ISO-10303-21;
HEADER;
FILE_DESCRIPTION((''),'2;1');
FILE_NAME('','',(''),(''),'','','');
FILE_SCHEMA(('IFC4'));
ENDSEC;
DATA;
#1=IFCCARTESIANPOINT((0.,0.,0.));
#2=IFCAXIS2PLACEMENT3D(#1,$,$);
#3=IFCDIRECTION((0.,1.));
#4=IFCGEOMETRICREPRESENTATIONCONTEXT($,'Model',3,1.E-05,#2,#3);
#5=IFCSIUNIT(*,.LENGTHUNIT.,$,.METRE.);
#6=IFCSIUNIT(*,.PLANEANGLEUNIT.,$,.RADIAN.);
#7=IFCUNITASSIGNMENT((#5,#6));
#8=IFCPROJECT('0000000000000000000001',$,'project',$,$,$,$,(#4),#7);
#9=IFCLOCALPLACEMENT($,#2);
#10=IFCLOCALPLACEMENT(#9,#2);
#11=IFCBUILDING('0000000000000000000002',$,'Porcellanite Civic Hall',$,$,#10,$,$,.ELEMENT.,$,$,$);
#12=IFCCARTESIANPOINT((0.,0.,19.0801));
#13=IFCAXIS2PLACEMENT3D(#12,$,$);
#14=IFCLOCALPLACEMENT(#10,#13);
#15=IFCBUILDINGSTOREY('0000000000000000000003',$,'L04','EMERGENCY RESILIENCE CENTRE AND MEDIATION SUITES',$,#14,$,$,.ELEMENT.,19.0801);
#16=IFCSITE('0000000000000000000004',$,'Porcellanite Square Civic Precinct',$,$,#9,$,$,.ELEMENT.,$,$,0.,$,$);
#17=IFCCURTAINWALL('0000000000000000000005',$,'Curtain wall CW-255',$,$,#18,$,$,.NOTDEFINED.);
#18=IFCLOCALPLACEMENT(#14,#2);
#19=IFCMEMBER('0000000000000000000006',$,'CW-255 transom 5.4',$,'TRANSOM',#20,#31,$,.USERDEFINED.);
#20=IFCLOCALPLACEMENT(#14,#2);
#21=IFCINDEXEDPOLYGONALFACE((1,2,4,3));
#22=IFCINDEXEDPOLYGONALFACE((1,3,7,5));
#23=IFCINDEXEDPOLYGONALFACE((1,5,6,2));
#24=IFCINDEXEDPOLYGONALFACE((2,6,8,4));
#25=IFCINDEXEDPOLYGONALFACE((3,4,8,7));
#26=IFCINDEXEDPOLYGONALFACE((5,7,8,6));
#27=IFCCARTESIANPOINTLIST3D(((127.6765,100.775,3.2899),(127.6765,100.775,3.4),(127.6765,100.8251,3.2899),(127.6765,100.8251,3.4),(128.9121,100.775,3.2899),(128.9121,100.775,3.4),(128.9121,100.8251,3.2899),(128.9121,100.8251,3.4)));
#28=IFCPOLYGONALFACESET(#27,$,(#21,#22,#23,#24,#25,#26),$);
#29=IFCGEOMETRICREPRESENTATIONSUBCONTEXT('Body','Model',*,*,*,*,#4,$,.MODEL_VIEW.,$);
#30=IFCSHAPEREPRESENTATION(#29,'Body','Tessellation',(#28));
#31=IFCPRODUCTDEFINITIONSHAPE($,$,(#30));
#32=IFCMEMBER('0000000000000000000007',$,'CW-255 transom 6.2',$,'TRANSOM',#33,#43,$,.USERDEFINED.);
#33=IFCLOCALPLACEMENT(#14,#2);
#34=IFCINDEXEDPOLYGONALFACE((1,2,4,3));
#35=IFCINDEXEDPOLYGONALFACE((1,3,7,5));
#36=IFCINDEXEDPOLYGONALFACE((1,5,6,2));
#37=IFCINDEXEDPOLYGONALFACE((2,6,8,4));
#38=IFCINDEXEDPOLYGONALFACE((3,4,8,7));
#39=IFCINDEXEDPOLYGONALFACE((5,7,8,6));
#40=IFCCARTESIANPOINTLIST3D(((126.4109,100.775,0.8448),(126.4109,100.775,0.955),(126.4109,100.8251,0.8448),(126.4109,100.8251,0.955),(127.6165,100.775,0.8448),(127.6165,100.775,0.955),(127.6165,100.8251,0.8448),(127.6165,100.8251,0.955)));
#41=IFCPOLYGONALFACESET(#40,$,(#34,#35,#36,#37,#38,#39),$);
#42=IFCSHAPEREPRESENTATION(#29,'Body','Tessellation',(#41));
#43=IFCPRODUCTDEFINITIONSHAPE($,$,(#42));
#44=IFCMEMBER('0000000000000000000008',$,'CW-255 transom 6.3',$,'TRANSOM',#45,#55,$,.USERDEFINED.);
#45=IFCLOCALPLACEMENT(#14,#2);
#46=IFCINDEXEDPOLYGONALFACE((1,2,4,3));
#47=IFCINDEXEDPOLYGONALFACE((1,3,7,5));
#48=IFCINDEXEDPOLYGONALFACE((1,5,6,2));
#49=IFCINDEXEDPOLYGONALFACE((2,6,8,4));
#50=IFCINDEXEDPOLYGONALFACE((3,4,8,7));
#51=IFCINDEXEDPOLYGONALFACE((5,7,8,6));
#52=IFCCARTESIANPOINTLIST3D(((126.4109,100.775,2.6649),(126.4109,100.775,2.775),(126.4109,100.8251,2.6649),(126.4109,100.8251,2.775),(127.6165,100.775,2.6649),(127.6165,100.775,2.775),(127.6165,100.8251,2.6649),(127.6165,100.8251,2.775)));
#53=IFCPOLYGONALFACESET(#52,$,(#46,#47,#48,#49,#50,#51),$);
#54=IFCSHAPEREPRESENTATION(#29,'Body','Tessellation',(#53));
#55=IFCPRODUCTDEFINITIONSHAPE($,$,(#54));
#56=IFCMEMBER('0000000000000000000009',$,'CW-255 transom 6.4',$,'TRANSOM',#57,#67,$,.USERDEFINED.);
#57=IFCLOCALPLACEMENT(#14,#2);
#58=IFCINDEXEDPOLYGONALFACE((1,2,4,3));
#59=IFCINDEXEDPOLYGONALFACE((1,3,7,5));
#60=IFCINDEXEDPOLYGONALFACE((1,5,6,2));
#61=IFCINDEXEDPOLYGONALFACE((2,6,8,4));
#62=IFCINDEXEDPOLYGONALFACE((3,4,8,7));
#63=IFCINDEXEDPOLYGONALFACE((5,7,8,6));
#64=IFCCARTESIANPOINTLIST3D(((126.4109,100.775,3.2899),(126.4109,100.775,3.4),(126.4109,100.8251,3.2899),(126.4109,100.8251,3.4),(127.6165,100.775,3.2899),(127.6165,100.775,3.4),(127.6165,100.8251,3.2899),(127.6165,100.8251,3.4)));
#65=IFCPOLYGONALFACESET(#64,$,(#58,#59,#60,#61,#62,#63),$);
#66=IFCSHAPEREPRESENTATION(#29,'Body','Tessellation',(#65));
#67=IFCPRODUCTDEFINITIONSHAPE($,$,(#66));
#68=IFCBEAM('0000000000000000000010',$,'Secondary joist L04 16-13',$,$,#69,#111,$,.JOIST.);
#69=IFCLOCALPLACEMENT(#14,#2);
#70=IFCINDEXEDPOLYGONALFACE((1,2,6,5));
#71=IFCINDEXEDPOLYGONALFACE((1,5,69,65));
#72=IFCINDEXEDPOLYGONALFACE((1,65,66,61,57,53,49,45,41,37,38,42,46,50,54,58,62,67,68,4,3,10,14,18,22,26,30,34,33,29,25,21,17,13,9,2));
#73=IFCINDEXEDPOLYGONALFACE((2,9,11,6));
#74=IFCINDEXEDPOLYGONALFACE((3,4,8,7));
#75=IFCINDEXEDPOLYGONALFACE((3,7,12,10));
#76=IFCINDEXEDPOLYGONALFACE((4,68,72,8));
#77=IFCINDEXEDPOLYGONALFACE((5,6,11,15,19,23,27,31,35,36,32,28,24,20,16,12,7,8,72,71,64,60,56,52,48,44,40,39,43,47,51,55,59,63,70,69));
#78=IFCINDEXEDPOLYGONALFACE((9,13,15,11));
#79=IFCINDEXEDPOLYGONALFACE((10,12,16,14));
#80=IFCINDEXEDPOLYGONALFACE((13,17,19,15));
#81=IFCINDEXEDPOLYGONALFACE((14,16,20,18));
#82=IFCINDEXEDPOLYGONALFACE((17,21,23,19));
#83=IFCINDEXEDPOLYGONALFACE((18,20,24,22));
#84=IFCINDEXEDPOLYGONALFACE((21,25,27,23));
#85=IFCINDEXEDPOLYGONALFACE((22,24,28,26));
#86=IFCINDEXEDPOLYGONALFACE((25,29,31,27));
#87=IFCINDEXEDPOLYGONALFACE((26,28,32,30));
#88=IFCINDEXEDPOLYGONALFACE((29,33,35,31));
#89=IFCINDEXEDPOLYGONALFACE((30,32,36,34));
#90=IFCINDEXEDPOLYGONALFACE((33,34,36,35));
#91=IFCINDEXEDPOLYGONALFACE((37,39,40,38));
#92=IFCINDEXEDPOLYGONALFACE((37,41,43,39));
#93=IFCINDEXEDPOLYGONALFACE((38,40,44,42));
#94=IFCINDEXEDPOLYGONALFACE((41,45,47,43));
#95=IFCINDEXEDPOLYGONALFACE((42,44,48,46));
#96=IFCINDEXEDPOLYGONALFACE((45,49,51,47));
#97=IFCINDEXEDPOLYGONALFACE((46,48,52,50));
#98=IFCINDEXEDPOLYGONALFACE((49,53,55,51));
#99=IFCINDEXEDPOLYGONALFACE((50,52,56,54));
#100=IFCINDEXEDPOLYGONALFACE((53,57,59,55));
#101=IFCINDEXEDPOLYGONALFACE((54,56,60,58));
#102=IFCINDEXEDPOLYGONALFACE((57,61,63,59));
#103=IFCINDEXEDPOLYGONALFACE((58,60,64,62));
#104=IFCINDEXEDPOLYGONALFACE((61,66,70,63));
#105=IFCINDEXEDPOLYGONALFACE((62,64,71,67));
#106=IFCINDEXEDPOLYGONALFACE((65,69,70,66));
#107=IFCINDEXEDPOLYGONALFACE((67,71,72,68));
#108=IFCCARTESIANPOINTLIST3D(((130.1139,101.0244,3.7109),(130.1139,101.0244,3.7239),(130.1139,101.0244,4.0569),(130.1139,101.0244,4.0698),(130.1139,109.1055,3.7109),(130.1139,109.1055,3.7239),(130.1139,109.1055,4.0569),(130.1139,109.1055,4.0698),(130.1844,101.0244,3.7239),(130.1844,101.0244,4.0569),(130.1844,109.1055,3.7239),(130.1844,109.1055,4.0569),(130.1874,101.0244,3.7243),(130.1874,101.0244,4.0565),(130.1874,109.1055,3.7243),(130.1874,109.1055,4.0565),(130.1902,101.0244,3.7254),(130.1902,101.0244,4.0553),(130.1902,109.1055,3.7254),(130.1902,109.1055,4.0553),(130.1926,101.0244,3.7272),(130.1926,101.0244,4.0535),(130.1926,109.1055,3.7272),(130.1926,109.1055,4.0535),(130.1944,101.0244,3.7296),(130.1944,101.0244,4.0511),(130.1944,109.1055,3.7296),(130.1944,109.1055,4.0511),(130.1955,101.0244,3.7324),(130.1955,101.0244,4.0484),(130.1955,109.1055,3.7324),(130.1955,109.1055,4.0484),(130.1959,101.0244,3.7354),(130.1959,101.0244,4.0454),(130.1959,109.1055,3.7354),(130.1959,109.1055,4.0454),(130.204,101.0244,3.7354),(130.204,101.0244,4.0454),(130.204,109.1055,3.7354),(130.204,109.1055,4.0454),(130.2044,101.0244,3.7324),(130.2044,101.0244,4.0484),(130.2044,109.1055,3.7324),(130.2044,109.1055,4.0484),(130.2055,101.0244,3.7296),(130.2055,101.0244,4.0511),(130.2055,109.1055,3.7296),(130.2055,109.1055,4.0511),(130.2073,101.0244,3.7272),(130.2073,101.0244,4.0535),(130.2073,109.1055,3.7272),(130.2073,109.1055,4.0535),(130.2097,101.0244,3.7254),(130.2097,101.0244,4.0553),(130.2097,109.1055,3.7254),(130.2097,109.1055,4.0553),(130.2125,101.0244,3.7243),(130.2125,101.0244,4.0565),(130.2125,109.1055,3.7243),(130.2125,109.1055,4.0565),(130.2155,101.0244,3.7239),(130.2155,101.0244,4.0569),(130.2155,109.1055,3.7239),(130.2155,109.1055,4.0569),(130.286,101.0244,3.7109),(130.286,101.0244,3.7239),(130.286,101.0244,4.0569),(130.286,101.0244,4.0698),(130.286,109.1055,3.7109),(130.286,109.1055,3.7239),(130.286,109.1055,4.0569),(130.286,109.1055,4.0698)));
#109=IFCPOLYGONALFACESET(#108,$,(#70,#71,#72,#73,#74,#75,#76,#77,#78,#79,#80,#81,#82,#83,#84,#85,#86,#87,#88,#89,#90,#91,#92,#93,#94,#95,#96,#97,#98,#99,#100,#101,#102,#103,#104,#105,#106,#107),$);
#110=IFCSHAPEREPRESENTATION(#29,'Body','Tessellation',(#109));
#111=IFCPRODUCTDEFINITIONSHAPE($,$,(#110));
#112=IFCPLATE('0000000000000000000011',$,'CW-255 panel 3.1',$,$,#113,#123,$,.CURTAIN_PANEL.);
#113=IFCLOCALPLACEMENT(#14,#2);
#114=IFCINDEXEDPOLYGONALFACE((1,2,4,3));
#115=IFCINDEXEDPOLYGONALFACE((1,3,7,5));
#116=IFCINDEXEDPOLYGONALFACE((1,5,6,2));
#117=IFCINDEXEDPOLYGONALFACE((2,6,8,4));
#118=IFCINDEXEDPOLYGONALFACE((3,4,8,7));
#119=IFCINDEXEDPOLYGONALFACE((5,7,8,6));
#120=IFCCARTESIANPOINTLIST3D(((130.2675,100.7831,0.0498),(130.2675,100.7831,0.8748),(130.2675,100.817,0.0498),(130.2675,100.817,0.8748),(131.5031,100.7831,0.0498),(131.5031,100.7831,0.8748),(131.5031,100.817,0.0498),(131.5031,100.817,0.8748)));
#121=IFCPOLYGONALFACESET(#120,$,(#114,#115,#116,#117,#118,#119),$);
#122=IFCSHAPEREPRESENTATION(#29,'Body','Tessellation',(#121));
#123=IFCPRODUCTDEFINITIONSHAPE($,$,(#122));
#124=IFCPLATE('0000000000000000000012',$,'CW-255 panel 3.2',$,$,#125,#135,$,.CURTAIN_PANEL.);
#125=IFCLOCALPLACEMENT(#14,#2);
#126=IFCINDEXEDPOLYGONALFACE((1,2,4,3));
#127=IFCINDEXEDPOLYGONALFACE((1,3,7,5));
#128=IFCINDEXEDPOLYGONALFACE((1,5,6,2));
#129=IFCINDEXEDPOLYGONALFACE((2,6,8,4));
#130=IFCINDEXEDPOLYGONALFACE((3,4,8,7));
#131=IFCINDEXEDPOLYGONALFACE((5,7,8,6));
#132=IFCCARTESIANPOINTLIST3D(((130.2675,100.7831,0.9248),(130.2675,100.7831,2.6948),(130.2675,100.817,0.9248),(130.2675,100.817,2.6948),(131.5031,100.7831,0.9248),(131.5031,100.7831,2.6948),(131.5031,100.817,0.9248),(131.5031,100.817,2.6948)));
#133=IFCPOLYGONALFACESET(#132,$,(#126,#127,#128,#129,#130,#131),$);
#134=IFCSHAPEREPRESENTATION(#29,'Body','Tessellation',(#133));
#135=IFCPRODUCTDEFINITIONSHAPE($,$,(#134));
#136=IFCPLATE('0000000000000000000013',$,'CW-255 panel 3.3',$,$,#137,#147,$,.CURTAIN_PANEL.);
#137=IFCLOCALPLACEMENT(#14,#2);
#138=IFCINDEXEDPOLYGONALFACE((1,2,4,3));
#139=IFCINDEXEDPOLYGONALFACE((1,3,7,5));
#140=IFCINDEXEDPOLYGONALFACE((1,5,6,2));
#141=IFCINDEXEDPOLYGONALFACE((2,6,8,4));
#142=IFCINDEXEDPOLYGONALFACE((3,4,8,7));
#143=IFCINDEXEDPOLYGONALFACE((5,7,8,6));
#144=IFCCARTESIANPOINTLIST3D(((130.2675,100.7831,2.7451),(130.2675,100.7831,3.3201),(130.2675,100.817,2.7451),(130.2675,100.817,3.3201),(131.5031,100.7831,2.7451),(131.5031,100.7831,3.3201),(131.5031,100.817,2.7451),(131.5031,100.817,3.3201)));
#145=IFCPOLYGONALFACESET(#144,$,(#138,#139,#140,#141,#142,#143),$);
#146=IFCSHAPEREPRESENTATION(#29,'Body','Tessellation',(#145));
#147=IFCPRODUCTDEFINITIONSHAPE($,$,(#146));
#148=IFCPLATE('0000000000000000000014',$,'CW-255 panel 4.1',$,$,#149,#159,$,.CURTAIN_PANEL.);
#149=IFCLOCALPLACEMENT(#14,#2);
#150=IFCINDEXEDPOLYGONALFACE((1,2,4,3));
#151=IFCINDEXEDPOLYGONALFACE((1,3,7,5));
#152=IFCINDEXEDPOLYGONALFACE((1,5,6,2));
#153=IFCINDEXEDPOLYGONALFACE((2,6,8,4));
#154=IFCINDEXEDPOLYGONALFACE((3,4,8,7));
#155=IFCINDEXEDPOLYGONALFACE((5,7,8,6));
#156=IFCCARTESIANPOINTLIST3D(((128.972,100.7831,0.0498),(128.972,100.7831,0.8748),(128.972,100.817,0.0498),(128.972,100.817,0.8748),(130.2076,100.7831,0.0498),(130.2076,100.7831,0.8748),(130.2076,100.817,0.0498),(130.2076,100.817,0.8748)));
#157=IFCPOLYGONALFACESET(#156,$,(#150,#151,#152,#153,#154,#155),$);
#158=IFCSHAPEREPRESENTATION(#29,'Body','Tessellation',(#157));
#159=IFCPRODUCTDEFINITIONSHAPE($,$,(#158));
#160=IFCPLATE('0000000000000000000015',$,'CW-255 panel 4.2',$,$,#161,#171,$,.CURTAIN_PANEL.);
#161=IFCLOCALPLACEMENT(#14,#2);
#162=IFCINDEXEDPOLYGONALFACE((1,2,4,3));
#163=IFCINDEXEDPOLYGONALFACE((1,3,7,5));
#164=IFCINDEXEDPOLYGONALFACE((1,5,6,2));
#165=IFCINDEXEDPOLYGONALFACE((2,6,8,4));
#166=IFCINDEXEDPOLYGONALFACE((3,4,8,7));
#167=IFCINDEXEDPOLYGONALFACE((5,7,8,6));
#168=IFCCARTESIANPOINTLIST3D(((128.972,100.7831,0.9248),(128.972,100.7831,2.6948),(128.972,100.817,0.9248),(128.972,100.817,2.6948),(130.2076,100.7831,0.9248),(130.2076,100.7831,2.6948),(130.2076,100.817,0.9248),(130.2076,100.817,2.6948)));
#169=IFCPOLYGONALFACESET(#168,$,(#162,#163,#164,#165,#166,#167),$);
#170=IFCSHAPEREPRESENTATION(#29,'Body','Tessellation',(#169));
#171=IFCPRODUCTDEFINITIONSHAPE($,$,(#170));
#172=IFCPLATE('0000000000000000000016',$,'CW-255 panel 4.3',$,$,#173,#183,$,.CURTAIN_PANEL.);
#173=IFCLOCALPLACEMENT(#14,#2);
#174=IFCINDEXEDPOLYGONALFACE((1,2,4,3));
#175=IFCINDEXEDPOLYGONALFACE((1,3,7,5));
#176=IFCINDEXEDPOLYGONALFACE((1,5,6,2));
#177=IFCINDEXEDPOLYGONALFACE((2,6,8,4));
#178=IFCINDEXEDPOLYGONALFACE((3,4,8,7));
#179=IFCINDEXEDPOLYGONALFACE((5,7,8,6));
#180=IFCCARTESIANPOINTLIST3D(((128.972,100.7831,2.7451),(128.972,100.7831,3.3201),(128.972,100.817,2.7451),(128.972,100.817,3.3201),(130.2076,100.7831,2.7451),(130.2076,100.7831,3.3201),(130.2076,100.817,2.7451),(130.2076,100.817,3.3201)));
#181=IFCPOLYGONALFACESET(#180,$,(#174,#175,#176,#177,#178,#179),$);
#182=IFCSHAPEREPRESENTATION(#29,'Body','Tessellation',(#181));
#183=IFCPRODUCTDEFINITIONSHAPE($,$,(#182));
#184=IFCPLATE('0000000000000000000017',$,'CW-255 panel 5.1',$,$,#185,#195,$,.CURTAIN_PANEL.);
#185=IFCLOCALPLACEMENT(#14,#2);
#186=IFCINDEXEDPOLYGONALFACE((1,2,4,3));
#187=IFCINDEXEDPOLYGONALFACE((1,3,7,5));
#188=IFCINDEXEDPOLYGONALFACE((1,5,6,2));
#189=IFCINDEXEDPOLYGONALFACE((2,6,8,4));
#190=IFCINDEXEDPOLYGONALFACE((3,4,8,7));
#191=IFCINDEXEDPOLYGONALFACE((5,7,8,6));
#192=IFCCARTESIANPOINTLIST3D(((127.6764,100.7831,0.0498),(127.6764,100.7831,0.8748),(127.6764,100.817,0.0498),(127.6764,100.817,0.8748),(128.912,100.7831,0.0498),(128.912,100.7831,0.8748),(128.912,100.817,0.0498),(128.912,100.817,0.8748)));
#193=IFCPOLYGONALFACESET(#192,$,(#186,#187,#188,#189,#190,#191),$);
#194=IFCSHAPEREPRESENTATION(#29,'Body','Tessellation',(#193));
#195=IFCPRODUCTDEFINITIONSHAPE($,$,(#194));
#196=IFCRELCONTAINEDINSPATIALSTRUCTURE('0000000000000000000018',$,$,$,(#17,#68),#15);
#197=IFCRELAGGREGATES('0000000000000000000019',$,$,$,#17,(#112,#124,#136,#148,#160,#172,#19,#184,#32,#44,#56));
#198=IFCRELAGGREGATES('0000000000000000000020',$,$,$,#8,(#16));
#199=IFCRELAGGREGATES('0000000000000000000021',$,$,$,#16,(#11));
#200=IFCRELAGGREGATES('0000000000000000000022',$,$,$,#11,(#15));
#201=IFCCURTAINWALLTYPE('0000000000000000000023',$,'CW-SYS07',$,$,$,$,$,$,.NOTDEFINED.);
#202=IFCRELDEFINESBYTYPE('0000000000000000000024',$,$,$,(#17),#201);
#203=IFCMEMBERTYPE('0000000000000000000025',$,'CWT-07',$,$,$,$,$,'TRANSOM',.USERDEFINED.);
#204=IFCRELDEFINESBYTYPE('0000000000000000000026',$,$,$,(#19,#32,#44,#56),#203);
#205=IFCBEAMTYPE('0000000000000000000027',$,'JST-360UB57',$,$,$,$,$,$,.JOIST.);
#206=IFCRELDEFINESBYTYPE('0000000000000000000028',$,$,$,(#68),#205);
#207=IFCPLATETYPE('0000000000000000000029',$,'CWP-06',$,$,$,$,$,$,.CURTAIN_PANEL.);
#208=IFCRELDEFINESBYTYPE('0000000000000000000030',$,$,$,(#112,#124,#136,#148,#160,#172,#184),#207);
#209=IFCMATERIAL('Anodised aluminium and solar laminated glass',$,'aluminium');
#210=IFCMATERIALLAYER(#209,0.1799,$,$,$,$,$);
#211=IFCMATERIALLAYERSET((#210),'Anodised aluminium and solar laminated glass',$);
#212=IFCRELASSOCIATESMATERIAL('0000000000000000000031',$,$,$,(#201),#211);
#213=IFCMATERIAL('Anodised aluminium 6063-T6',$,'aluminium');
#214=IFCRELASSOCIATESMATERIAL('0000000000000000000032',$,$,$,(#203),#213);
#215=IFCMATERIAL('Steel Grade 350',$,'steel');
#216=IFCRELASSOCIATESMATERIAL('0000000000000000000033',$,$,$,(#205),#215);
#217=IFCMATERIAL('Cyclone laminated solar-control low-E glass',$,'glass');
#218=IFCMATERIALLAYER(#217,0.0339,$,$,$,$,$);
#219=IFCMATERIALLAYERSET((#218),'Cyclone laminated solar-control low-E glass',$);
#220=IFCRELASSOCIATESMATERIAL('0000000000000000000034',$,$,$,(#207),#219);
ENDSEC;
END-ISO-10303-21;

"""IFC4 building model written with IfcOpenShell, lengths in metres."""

from ifc_helpers import new_model, si_unit, direction, frame, origin, origin_2d, place, context, subcontext, project, spatial, rectangle, i_section, extrude, material, layer, layer_set, material_profile, profile_set, type_object, element, aggregate, save


model = new_model("IFC4")

# Units and contexts
model_context = context("Model", 3, precision=1e-05, world=origin(), true_north=direction((0.0, 1.0)))
body_context = subcontext(model_context, "Body", "Model", "MODEL_VIEW")
ifc_project = project(units=[si_unit("LENGTHUNIT", "METRE"), si_unit("PLANEANGLEUNIT", "RADIAN")], contexts=[model_context])

# Site, building, storey
site_placement = place(None, origin())
site = spatial("IfcSite", under=ifc_project, at=site_placement, Name="Porcellanite Square Civic Precinct", CompositionType="ELEMENT", RefElevation=0.0)
building_placement = place(site_placement, origin())
building = spatial("IfcBuilding", under=site, at=building_placement, Name="Porcellanite Civic Hall", CompositionType="ELEMENT")
storey_placement = place(building_placement, frame((0.0, 0.0, 19.0801)))
storey = spatial("IfcBuildingStorey", under=building, at=storey_placement, Name="L04", Description="EMERGENCY RESILIENCE CENTRE AND MEDIATION SUITES", CompositionType="ELEMENT", Elevation=19.0801)

# Curtain wall, members
ifc_material_1 = material(Name="Anodised aluminium and solar laminated glass", Category="aluminium")
ifc_layer_1 = layer(ifc_material_1, 0.1799)
ifc_layer_set_1 = layer_set([ifc_layer_1], Name="Anodised aluminium and solar laminated glass")
curtain_wall_type = type_object("IfcCurtainWallType", Name="CW-SYS07", PredefinedType="NOTDEFINED", material=ifc_layer_set_1)
curtain_wall_placement = place(storey_placement, origin())
curtain_wall = element("IfcCurtainWall", 1, at=curtain_wall_placement, inside=storey, type_object=curtain_wall_type, Name="Curtain wall CW-255", PredefinedType="NOTDEFINED")
ifc_material_2 = material(Name="Anodised aluminium 6063-T6", Category="aluminium")
ifc_material_profile_1 = material_profile(ifc_material_2, rectangle(XDim=0.05, YDim=0.1101, at=origin_2d()), Name="AL-50x110")
ifc_profile_set_1 = profile_set([ifc_material_profile_1], Name="Anodised aluminium 6063-T6")
member_type_1 = type_object("IfcMemberType", Name="CWT-07", ElementType="TRANSOM", PredefinedType="USERDEFINED", material=ifc_profile_set_1)
member_1_placement = place(storey_placement, frame((128.9121, 100.8, 3.345), z_axis=(-1.0, 0.0, 0.0), x_axis=(0.0, -1.0, 0.0)))
member_1 = element("IfcMember", 2, at=member_1_placement, type_object=member_type_1, Name="CW-255 transom 5.4", ObjectType="TRANSOM", PredefinedType="USERDEFINED", context=body_context, shape_type="SweptSolid", body=[
    extrude(rectangle(XDim=0.05, YDim=0.1101, at=origin_2d()), origin(), (0.0, 0.0, 1.0), 1.2356),
])
member_2_placement = place(storey_placement, frame((127.6165, 100.8, 0.8999), z_axis=(-1.0, 0.0, 0.0), x_axis=(0.0, -1.0, 0.0)))
member_2 = element("IfcMember", 3, at=member_2_placement, type_object=member_type_1, Name="CW-255 transom 6.2", ObjectType="TRANSOM", PredefinedType="USERDEFINED", context=body_context, shape_type="SweptSolid", body=[
    extrude(rectangle(XDim=0.05, YDim=0.1101, at=origin_2d()), origin(), (0.0, 0.0, 1.0), 1.2056),
])
member_3_placement = place(storey_placement, frame((127.6165, 100.8, 2.72), z_axis=(-1.0, 0.0, 0.0), x_axis=(0.0, -1.0, 0.0)))
member_3 = element("IfcMember", 4, at=member_3_placement, type_object=member_type_1, Name="CW-255 transom 6.3", ObjectType="TRANSOM", PredefinedType="USERDEFINED", context=body_context, shape_type="SweptSolid", body=[
    extrude(rectangle(XDim=0.05, YDim=0.1101, at=origin_2d()), origin(), (0.0, 0.0, 1.0), 1.2056),
])
member_4_placement = place(storey_placement, frame((127.6165, 100.8, 3.345), z_axis=(-1.0, 0.0, 0.0), x_axis=(0.0, -1.0, 0.0)))
member_4 = element("IfcMember", 5, at=member_4_placement, type_object=member_type_1, Name="CW-255 transom 6.4", ObjectType="TRANSOM", PredefinedType="USERDEFINED", context=body_context, shape_type="SweptSolid", body=[
    extrude(rectangle(XDim=0.05, YDim=0.1101, at=origin_2d()), origin(), (0.0, 0.0, 1.0), 1.2056),
])

# Beam
ifc_material_3 = material(Name="Steel Grade 350", Category="steel")
ifc_material_profile_2 = material_profile(ifc_material_3, i_section(OverallWidth=0.1721, OverallDepth=0.3589, WebThickness=0.0081, FlangeThickness=0.0129, FilletRadius=0.0115, at=origin_2d()), Name="360UB56.7")
ifc_profile_set_2 = profile_set([ifc_material_profile_2], Name="Steel Grade 350")
beam_type = type_object("IfcBeamType", Name="JST-360UB57", PredefinedType="JOIST", material=ifc_profile_set_2)
beam_placement = place(storey_placement, frame((130.2, 101.0244, 3.8904), z_axis=(0.0, 1.0, 0.0), x_axis=(-1.0, 0.0, 0.0)))
element("IfcBeam", 6, at=beam_placement, inside=storey, type_object=beam_type, Name="Secondary joist L04 16-13", PredefinedType="JOIST", context=body_context, shape_type="SweptSolid", body=[
    extrude(i_section(OverallWidth=0.1721, OverallDepth=0.3589, WebThickness=0.0081, FlangeThickness=0.0129, FilletRadius=0.0115, at=origin_2d()), origin(), (0.0, 0.0, 1.0), 8.0811),
])

# Plates
ifc_material_4 = material(Name="Cyclone laminated solar-control low-E glass", Category="glass")
ifc_layer_2 = layer(ifc_material_4, 0.0339)
ifc_layer_set_2 = layer_set([ifc_layer_2], Name="Cyclone laminated solar-control low-E glass")
plate_type = type_object("IfcPlateType", Name="CWP-06", PredefinedType="CURTAIN_PANEL", material=ifc_layer_set_2)
plate_1_placement = place(storey_placement, frame((130.8853, 100.8, 0.0498), z_axis=(0.0, 0.0, 1.0), x_axis=(-1.0, 0.0, 0.0)))
plate_1 = element("IfcPlate", 7, at=plate_1_placement, type_object=plate_type, Name="CW-255 panel 3.1", PredefinedType="CURTAIN_PANEL", context=body_context, shape_type="SweptSolid", body=[
    extrude(rectangle(XDim=1.2356, YDim=0.0339, at=origin_2d()), origin(), (0.0, 0.0, 1.0), 0.825),
])
plate_2_placement = place(storey_placement, frame((130.8853, 100.8, 0.9248), z_axis=(0.0, 0.0, 1.0), x_axis=(-1.0, 0.0, 0.0)))
plate_2 = element("IfcPlate", 8, at=plate_2_placement, type_object=plate_type, Name="CW-255 panel 3.2", PredefinedType="CURTAIN_PANEL", context=body_context, shape_type="SweptSolid", body=[
    extrude(rectangle(XDim=1.2356, YDim=0.0339, at=origin_2d()), origin(), (0.0, 0.0, 1.0), 1.77),
])
plate_3_placement = place(storey_placement, frame((130.8853, 100.8, 2.7451), z_axis=(0.0, 0.0, 1.0), x_axis=(-1.0, 0.0, 0.0)))
plate_3 = element("IfcPlate", 9, at=plate_3_placement, type_object=plate_type, Name="CW-255 panel 3.3", PredefinedType="CURTAIN_PANEL", context=body_context, shape_type="SweptSolid", body=[
    extrude(rectangle(XDim=1.2356, YDim=0.0339, at=origin_2d()), origin(), (0.0, 0.0, 1.0), 0.575),
])
plate_4_placement = place(storey_placement, frame((129.5898, 100.8, 0.0498), z_axis=(0.0, 0.0, 1.0), x_axis=(-1.0, 0.0, 0.0)))
plate_4 = element("IfcPlate", 10, at=plate_4_placement, type_object=plate_type, Name="CW-255 panel 4.1", PredefinedType="CURTAIN_PANEL", context=body_context, shape_type="SweptSolid", body=[
    extrude(rectangle(XDim=1.2356, YDim=0.0339, at=origin_2d()), origin(), (0.0, 0.0, 1.0), 0.825),
])
plate_5_placement = place(storey_placement, frame((129.5898, 100.8, 0.9248), z_axis=(0.0, 0.0, 1.0), x_axis=(-1.0, 0.0, 0.0)))
plate_5 = element("IfcPlate", 11, at=plate_5_placement, type_object=plate_type, Name="CW-255 panel 4.2", PredefinedType="CURTAIN_PANEL", context=body_context, shape_type="SweptSolid", body=[
    extrude(rectangle(XDim=1.2356, YDim=0.0339, at=origin_2d()), origin(), (0.0, 0.0, 1.0), 1.77),
])
plate_6_placement = place(storey_placement, frame((129.5898, 100.8, 2.7451), z_axis=(0.0, 0.0, 1.0), x_axis=(-1.0, 0.0, 0.0)))
plate_6 = element("IfcPlate", 12, at=plate_6_placement, type_object=plate_type, Name="CW-255 panel 4.3", PredefinedType="CURTAIN_PANEL", context=body_context, shape_type="SweptSolid", body=[
    extrude(rectangle(XDim=1.2356, YDim=0.0339, at=origin_2d()), origin(), (0.0, 0.0, 1.0), 0.575),
])
plate_7_placement = place(storey_placement, frame((128.2942, 100.8, 0.0498), z_axis=(0.0, 0.0, 1.0), x_axis=(-1.0, 0.0, 0.0)))
plate_7 = element("IfcPlate", 13, at=plate_7_placement, type_object=plate_type, Name="CW-255 panel 5.1", PredefinedType="CURTAIN_PANEL", context=body_context, shape_type="SweptSolid", body=[
    extrude(rectangle(XDim=1.2356, YDim=0.0339, at=origin_2d()), origin(), (0.0, 0.0, 1.0), 0.825),
])
aggregate(curtain_wall, [plate_1, plate_2, plate_3, plate_4, plate_5, plate_6, member_1, plate_7, member_2, member_3, member_4])

save(model, "model.ifc")
